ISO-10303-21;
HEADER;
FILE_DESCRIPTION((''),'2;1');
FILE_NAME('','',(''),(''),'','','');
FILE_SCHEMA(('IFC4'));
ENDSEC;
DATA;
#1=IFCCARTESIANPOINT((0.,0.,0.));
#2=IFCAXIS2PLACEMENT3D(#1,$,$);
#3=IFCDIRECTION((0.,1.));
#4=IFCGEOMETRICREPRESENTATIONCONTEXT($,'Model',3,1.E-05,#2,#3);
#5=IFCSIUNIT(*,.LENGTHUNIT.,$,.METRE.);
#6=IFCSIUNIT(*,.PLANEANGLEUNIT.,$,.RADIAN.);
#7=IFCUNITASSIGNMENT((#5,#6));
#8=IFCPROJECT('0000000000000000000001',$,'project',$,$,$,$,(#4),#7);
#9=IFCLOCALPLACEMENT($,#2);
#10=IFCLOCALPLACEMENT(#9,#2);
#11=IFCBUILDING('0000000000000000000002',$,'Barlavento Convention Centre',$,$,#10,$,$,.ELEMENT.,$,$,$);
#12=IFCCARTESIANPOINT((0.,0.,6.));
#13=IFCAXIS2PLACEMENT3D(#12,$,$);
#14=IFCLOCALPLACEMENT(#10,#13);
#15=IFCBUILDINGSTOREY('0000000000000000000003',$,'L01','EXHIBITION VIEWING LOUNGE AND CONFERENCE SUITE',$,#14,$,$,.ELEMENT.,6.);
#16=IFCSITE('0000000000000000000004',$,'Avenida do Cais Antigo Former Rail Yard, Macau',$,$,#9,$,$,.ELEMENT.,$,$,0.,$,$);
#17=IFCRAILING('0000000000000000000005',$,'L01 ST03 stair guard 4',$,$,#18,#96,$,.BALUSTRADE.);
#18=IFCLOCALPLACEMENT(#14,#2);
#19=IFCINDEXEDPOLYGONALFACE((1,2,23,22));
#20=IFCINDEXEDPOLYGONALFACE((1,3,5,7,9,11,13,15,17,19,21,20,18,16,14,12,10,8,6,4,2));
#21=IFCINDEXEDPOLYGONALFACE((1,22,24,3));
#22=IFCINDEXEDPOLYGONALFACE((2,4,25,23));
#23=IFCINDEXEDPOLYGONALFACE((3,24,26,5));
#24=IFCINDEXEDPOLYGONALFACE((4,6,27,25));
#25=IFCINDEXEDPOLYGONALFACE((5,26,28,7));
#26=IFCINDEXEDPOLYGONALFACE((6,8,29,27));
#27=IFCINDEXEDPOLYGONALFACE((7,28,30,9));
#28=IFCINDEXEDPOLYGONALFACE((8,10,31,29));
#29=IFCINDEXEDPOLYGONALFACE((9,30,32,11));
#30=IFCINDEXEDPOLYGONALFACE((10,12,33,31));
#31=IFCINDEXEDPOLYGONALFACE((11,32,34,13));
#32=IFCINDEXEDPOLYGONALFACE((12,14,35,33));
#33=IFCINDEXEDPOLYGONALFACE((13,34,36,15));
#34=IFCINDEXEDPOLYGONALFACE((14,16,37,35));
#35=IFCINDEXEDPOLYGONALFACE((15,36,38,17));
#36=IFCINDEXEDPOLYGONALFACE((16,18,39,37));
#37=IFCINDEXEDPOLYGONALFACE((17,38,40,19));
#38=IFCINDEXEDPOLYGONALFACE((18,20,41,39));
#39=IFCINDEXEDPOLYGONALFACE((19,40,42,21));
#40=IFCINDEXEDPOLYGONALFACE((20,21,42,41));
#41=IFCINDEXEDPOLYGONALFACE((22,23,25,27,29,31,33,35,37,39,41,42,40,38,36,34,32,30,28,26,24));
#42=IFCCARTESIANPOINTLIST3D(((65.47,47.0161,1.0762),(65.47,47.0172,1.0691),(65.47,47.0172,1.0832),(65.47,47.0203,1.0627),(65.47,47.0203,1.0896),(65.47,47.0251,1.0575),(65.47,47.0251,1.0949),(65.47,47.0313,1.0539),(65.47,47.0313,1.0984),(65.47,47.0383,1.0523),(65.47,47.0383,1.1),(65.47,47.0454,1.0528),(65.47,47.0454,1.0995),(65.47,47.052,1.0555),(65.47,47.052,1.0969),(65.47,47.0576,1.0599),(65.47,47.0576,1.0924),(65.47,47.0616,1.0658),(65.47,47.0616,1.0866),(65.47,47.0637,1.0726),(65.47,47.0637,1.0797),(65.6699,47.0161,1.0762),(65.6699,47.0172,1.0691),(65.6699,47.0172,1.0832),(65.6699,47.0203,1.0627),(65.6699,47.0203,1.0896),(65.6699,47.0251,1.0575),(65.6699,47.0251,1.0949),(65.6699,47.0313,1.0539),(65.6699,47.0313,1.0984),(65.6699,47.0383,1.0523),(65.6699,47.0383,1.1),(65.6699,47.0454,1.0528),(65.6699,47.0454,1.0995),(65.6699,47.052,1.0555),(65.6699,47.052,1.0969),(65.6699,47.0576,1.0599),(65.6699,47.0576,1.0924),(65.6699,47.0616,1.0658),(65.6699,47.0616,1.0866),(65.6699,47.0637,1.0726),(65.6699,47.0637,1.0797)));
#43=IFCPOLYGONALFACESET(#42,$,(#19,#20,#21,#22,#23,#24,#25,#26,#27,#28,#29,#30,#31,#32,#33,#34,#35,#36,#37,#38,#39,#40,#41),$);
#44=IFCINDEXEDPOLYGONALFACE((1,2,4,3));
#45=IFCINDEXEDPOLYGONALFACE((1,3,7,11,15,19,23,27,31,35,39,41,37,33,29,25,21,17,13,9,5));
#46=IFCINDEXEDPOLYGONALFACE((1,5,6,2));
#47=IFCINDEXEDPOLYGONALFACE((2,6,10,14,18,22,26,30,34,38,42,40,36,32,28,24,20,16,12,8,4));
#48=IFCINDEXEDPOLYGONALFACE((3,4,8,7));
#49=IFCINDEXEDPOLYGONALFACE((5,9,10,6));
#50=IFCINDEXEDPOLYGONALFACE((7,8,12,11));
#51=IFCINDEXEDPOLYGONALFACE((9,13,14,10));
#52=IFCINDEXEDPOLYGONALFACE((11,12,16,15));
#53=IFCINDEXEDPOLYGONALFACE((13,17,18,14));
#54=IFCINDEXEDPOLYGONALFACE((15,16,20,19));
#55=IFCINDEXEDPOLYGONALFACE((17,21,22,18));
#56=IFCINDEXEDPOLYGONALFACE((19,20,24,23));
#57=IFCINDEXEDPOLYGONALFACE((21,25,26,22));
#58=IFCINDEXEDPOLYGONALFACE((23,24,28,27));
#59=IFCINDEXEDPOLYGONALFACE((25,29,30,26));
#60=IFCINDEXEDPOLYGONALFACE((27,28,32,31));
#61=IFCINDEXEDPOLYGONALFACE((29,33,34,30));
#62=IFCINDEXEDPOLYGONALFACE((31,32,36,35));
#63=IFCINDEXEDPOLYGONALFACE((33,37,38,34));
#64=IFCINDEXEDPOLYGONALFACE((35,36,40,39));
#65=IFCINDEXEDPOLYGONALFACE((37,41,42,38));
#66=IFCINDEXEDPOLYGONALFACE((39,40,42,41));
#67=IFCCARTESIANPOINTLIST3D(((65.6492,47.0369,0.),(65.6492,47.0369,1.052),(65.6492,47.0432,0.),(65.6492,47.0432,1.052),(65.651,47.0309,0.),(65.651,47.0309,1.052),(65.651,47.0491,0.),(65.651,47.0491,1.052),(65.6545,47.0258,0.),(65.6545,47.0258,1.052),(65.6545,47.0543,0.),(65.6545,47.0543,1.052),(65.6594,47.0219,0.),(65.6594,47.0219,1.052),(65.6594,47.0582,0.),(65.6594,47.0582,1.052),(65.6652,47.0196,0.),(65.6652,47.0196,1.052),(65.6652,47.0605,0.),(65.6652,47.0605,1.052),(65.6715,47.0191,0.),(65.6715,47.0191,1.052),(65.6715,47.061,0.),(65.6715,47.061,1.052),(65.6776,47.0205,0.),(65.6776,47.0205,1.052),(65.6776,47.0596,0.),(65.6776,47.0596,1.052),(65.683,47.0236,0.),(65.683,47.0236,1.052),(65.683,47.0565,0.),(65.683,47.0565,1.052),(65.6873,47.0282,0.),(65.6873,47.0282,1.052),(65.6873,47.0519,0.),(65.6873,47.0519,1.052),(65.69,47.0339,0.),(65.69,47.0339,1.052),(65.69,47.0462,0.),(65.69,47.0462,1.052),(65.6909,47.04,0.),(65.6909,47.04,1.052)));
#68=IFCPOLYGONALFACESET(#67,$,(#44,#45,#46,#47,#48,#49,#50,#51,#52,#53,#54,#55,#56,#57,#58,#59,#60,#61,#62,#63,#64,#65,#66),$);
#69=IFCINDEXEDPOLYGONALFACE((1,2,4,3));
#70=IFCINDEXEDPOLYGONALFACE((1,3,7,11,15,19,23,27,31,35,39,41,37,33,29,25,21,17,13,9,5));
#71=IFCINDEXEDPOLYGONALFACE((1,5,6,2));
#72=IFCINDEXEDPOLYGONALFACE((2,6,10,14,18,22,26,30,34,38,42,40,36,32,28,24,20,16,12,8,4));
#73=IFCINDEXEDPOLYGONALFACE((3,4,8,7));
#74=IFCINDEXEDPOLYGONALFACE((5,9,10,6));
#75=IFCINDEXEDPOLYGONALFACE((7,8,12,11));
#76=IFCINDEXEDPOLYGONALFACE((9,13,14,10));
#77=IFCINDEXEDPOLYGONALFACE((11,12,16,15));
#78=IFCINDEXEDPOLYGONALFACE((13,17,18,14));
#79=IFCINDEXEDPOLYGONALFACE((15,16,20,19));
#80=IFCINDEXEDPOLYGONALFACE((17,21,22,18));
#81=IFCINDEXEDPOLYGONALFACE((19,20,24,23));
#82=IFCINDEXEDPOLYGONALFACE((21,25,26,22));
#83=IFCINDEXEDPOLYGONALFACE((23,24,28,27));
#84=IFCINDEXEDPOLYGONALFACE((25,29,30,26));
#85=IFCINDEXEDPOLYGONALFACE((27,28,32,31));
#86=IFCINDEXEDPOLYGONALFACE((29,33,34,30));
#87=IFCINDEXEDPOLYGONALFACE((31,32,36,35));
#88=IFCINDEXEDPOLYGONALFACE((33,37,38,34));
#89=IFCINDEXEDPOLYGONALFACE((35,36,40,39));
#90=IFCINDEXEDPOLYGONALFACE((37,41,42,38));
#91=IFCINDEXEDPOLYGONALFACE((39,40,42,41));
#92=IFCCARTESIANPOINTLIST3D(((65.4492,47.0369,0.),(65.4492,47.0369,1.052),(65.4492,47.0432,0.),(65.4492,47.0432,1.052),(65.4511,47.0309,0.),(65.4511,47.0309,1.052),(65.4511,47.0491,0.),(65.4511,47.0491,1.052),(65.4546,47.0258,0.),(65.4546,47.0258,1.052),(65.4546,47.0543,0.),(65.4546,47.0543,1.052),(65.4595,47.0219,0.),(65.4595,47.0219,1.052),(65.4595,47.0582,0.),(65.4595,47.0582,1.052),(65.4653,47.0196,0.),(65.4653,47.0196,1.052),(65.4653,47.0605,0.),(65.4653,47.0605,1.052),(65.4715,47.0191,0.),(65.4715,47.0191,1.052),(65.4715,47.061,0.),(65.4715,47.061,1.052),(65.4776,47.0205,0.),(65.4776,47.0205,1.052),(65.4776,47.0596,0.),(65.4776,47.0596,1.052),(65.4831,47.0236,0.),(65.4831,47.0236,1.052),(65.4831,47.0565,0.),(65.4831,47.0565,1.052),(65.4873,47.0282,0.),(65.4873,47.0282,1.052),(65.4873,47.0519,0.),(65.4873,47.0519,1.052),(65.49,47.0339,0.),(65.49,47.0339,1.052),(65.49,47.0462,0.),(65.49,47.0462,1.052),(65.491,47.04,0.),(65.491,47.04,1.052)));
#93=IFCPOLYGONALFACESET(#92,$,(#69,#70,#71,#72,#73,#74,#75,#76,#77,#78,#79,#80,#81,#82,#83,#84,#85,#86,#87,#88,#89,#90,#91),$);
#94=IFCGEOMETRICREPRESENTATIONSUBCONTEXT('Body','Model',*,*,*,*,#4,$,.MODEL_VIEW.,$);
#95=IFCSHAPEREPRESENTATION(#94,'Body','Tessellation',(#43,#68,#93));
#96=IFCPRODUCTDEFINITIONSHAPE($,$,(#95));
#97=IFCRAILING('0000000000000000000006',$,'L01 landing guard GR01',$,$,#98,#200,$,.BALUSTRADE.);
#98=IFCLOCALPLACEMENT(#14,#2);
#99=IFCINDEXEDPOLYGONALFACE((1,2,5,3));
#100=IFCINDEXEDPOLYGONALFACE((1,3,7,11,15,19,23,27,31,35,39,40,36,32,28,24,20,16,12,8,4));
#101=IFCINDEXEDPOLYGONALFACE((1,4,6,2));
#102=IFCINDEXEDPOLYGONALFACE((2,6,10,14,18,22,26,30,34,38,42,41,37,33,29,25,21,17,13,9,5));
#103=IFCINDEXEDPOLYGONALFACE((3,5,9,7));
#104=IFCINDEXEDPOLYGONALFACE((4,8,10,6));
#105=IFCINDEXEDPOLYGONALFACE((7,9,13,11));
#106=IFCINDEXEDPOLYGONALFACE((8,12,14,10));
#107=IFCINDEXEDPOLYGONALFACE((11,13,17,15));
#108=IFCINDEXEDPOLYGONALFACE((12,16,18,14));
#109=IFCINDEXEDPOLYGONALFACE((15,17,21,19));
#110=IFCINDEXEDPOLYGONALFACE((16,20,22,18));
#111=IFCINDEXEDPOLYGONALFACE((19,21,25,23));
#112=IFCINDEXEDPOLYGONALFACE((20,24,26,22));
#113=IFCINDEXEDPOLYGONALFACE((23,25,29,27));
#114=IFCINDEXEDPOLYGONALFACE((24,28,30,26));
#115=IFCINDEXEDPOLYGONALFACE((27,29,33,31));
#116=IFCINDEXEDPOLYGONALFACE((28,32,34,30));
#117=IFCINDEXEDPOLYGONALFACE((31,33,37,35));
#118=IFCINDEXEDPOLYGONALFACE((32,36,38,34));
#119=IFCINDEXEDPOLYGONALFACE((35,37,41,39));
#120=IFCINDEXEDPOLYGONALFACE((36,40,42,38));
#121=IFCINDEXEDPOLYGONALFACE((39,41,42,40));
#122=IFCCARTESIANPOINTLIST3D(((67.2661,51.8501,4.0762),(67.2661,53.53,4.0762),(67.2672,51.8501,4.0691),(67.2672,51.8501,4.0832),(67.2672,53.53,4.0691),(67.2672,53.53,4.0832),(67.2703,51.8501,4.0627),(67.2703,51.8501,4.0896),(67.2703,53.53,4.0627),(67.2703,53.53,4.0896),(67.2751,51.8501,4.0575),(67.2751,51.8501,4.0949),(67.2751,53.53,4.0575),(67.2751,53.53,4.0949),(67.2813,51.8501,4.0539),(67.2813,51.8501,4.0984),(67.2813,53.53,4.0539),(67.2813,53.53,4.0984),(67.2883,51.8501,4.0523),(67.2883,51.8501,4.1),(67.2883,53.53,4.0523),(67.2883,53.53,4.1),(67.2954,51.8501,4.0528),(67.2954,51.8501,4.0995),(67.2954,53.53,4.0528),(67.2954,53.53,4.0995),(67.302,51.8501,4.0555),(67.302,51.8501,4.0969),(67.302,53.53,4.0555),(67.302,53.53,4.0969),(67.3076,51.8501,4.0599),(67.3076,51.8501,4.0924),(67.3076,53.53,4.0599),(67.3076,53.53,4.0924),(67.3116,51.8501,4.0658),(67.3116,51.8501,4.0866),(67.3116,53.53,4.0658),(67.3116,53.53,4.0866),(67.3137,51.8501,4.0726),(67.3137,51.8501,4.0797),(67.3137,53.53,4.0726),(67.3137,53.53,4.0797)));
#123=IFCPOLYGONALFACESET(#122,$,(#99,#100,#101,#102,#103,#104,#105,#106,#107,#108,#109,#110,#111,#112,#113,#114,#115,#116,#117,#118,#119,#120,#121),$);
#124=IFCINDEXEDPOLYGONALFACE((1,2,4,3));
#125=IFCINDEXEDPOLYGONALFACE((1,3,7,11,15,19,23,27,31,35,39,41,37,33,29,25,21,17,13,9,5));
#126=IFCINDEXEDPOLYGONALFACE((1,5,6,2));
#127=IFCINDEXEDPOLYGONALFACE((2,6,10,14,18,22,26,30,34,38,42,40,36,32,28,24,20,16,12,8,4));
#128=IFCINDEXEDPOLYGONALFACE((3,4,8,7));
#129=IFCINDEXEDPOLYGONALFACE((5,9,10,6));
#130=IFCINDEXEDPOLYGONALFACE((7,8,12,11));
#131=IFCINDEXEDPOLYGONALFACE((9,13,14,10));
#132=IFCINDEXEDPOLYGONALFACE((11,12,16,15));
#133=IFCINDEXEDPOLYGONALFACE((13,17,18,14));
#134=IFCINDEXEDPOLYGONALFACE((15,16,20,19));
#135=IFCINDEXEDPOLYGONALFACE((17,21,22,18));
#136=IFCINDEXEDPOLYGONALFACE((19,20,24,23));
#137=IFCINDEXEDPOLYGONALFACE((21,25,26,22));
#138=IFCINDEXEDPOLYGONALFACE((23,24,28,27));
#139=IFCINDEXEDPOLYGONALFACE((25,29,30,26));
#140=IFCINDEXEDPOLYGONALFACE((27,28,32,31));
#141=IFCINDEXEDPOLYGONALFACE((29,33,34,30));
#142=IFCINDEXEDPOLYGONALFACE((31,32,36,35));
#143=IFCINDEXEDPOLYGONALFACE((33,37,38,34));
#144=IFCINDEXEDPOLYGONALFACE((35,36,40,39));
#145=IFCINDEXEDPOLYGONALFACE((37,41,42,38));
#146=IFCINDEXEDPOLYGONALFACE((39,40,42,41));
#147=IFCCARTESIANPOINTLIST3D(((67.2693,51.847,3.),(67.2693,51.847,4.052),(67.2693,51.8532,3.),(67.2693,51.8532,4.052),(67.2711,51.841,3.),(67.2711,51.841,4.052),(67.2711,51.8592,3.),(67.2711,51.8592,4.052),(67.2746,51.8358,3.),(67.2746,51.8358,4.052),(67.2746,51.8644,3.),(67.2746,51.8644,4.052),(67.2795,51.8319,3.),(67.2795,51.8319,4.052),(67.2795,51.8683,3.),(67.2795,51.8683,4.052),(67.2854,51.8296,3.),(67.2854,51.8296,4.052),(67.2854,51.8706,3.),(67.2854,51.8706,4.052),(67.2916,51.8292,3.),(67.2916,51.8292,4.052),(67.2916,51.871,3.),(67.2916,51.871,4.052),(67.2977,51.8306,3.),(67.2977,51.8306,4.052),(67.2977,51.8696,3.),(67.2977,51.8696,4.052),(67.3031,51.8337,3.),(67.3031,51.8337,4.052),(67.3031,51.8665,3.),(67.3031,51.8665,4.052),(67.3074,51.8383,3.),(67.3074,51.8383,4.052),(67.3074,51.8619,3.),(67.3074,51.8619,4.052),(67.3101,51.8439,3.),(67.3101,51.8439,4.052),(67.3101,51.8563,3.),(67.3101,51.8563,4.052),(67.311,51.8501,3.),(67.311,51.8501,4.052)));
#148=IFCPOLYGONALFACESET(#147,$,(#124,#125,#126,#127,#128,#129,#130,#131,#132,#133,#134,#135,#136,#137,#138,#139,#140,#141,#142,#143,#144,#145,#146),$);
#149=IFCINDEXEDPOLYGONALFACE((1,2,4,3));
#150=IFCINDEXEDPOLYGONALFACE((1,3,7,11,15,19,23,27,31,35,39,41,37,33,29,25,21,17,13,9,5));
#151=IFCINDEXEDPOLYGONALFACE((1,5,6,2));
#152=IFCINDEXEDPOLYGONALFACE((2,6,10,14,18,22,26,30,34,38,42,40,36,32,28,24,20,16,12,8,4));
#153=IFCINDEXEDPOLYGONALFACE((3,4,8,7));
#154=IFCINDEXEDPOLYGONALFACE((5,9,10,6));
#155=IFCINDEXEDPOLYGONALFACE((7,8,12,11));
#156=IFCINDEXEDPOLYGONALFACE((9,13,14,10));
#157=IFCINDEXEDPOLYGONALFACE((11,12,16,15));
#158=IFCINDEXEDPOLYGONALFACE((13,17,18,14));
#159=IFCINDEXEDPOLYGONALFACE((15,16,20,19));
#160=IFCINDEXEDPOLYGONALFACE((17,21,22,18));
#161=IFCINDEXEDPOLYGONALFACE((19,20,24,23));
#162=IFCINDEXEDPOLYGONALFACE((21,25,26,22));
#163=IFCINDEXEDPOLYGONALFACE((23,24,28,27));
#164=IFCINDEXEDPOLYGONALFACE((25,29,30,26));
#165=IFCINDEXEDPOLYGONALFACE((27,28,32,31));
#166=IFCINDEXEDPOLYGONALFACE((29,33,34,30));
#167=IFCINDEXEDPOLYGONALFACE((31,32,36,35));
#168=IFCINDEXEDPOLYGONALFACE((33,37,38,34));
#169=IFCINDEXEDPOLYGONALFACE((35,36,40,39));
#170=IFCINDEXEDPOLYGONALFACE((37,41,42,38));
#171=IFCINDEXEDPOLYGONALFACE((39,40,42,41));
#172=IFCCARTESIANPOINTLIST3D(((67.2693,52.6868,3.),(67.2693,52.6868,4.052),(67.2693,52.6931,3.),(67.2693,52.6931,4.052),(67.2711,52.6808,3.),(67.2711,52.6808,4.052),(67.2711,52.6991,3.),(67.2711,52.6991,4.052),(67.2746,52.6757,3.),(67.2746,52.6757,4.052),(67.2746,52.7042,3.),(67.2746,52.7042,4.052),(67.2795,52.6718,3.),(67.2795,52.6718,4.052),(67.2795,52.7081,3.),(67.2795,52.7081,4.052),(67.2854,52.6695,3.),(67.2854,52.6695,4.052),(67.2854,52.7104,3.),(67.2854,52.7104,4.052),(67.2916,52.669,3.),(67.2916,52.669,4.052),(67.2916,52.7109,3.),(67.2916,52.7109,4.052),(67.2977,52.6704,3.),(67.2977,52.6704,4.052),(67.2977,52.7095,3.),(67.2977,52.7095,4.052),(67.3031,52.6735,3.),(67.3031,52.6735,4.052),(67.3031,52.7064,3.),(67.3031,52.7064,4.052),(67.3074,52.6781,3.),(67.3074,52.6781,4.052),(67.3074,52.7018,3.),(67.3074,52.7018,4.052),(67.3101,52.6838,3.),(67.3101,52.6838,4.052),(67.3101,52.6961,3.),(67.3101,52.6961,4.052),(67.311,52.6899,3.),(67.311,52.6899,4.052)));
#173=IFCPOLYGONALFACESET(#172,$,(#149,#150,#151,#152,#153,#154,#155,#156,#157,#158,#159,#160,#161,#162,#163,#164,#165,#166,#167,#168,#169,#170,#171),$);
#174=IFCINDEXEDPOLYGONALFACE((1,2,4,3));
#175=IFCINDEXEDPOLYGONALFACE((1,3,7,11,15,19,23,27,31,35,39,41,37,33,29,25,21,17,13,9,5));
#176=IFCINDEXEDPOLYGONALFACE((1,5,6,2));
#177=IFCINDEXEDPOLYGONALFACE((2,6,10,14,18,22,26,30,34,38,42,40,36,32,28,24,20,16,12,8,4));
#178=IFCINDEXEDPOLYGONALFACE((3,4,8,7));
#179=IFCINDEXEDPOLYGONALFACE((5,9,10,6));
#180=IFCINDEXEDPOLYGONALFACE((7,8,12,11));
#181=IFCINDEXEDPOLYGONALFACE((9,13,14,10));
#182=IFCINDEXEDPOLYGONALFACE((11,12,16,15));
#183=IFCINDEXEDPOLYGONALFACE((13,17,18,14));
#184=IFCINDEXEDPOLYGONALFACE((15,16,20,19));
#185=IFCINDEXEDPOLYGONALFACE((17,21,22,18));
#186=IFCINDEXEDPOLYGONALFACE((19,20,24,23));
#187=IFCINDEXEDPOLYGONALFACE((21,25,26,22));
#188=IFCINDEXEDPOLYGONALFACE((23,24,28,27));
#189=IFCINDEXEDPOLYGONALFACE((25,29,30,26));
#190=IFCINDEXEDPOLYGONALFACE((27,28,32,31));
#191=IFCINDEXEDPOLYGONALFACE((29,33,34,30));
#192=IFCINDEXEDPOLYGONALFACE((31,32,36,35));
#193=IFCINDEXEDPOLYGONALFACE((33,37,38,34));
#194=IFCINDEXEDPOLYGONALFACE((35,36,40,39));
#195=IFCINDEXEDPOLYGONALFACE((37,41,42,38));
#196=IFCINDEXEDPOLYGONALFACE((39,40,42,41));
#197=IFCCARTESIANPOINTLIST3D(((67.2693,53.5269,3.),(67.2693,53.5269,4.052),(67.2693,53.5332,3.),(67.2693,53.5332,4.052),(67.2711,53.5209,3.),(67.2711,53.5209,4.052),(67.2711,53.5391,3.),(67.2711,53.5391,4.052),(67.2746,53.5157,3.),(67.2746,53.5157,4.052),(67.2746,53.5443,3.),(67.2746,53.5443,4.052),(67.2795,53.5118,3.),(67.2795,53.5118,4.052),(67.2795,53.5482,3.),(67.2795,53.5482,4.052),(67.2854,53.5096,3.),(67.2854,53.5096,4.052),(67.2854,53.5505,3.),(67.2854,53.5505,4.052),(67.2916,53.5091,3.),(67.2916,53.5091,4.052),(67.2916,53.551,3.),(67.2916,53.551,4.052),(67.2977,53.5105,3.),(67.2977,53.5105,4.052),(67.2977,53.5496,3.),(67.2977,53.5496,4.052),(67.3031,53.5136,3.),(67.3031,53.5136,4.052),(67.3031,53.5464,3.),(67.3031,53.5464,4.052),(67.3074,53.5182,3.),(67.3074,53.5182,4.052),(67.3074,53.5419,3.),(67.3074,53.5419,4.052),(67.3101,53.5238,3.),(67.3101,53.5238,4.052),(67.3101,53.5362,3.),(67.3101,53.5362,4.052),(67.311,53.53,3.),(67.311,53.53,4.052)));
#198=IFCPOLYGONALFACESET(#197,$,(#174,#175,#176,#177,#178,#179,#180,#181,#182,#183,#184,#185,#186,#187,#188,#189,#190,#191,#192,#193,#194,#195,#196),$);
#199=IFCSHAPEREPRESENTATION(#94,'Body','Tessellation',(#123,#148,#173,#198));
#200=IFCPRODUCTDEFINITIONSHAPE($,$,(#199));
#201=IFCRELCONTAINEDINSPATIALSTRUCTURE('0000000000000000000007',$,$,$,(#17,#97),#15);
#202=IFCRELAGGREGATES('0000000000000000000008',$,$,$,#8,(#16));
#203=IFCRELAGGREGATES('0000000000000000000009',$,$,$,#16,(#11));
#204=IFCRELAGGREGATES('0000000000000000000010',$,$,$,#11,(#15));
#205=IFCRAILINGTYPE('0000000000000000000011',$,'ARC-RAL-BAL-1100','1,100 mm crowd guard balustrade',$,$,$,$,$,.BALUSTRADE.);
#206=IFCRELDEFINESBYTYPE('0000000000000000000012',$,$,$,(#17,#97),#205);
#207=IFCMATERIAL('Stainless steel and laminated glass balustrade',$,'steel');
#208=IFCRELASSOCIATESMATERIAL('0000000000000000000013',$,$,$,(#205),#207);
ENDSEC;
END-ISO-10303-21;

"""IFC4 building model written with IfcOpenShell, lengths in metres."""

from ifc_helpers import new_model, si_unit, direction, frame, origin, origin_2d, place, context, subcontext, project, spatial, circle, extrude, material, type_object, element, save


model = new_model("IFC4")

# Units and contexts
model_context = context("Model", 3, precision=1e-05, world=origin(), true_north=direction((0.0, 1.0)))
body_context = subcontext(model_context, "Body", "Model", "MODEL_VIEW")
ifc_project = project(units=[si_unit("LENGTHUNIT", "METRE"), si_unit("PLANEANGLEUNIT", "RADIAN")], contexts=[model_context])

# Site, building, storey
site_placement = place(None, origin())
site = spatial("IfcSite", under=ifc_project, at=site_placement, Name="Avenida do Cais Antigo Former Rail Yard, Macau", CompositionType="ELEMENT", RefElevation=0.0)
building_placement = place(site_placement, origin())
building = spatial("IfcBuilding", under=site, at=building_placement, Name="Barlavento Convention Centre", CompositionType="ELEMENT")
storey_placement = place(building_placement, frame((0.0, 0.0, 6.0)))
storey = spatial("IfcBuildingStorey", under=building, at=storey_placement, Name="L01", Description="EXHIBITION VIEWING LOUNGE AND CONFERENCE SUITE", CompositionType="ELEMENT", Elevation=6.0)

# Railings
ifc_material_1 = material(Name="Stainless steel and laminated glass balustrade", Category="steel")
railing_type_1 = type_object("IfcRailingType", Name="ARC-RAL-BAL-1100", Description="1,100 mm crowd guard balustrade", PredefinedType="BALUSTRADE", material=ifc_material_1)
railing_1_placement = place(storey_placement, frame((65.6699, 47.04, 0.0)))
element("IfcRailing", 1, at=railing_1_placement, inside=storey, type_object=railing_type_1, Name="L01 ST03 stair guard 4", PredefinedType="BALUSTRADE", context=body_context, shape_type="SweptSolid", body=[
    extrude(circle(Radius=0.0239, at=origin_2d()), frame((0.0, 0.0, 1.0762), z_axis=(-1.0, 0.0, 0.0), x_axis=(0.0, -1.0, 0.0)), (0.0, 0.0, 1.0), 0.2),
    extrude(circle(Radius=0.021, at=origin_2d()), origin(), (0.0, 0.0, 1.0), 1.052),
    extrude(circle(Radius=0.021, at=origin_2d()), frame((-0.2, 0.0, 0.0)), (0.0, 0.0, 1.0), 1.052),
])
for number, where, name in (
    (2, (67.29, 51.8501, 3.0), "L01 landing guard GR01"),
):
    element("IfcRailing", number, at=place(storey_placement, frame(where)), inside=storey, type_object=railing_type_1, Name=name, PredefinedType="BALUSTRADE", context=body_context, shape_type="SweptSolid", body=[
        extrude(circle(Radius=0.0239, at=origin_2d()), frame((0.0, 0.0, 1.0762), z_axis=(0.0, 1.0, 0.0), x_axis=(-1.0, 0.0, 0.0)), (0.0, 0.0, 1.0), 1.6799),
        extrude(circle(Radius=0.021, at=origin_2d()), origin(), (0.0, 0.0, 1.0), 1.052),
        extrude(circle(Radius=0.021, at=origin_2d()), frame((0.0, 0.8398, 0.0)), (0.0, 0.0, 1.0), 1.052),
        extrude(circle(Radius=0.021, at=origin_2d()), frame((0.0, 1.6799, 0.0)), (0.0, 0.0, 1.0), 1.052),
    ])

save(model, "model.ifc")
